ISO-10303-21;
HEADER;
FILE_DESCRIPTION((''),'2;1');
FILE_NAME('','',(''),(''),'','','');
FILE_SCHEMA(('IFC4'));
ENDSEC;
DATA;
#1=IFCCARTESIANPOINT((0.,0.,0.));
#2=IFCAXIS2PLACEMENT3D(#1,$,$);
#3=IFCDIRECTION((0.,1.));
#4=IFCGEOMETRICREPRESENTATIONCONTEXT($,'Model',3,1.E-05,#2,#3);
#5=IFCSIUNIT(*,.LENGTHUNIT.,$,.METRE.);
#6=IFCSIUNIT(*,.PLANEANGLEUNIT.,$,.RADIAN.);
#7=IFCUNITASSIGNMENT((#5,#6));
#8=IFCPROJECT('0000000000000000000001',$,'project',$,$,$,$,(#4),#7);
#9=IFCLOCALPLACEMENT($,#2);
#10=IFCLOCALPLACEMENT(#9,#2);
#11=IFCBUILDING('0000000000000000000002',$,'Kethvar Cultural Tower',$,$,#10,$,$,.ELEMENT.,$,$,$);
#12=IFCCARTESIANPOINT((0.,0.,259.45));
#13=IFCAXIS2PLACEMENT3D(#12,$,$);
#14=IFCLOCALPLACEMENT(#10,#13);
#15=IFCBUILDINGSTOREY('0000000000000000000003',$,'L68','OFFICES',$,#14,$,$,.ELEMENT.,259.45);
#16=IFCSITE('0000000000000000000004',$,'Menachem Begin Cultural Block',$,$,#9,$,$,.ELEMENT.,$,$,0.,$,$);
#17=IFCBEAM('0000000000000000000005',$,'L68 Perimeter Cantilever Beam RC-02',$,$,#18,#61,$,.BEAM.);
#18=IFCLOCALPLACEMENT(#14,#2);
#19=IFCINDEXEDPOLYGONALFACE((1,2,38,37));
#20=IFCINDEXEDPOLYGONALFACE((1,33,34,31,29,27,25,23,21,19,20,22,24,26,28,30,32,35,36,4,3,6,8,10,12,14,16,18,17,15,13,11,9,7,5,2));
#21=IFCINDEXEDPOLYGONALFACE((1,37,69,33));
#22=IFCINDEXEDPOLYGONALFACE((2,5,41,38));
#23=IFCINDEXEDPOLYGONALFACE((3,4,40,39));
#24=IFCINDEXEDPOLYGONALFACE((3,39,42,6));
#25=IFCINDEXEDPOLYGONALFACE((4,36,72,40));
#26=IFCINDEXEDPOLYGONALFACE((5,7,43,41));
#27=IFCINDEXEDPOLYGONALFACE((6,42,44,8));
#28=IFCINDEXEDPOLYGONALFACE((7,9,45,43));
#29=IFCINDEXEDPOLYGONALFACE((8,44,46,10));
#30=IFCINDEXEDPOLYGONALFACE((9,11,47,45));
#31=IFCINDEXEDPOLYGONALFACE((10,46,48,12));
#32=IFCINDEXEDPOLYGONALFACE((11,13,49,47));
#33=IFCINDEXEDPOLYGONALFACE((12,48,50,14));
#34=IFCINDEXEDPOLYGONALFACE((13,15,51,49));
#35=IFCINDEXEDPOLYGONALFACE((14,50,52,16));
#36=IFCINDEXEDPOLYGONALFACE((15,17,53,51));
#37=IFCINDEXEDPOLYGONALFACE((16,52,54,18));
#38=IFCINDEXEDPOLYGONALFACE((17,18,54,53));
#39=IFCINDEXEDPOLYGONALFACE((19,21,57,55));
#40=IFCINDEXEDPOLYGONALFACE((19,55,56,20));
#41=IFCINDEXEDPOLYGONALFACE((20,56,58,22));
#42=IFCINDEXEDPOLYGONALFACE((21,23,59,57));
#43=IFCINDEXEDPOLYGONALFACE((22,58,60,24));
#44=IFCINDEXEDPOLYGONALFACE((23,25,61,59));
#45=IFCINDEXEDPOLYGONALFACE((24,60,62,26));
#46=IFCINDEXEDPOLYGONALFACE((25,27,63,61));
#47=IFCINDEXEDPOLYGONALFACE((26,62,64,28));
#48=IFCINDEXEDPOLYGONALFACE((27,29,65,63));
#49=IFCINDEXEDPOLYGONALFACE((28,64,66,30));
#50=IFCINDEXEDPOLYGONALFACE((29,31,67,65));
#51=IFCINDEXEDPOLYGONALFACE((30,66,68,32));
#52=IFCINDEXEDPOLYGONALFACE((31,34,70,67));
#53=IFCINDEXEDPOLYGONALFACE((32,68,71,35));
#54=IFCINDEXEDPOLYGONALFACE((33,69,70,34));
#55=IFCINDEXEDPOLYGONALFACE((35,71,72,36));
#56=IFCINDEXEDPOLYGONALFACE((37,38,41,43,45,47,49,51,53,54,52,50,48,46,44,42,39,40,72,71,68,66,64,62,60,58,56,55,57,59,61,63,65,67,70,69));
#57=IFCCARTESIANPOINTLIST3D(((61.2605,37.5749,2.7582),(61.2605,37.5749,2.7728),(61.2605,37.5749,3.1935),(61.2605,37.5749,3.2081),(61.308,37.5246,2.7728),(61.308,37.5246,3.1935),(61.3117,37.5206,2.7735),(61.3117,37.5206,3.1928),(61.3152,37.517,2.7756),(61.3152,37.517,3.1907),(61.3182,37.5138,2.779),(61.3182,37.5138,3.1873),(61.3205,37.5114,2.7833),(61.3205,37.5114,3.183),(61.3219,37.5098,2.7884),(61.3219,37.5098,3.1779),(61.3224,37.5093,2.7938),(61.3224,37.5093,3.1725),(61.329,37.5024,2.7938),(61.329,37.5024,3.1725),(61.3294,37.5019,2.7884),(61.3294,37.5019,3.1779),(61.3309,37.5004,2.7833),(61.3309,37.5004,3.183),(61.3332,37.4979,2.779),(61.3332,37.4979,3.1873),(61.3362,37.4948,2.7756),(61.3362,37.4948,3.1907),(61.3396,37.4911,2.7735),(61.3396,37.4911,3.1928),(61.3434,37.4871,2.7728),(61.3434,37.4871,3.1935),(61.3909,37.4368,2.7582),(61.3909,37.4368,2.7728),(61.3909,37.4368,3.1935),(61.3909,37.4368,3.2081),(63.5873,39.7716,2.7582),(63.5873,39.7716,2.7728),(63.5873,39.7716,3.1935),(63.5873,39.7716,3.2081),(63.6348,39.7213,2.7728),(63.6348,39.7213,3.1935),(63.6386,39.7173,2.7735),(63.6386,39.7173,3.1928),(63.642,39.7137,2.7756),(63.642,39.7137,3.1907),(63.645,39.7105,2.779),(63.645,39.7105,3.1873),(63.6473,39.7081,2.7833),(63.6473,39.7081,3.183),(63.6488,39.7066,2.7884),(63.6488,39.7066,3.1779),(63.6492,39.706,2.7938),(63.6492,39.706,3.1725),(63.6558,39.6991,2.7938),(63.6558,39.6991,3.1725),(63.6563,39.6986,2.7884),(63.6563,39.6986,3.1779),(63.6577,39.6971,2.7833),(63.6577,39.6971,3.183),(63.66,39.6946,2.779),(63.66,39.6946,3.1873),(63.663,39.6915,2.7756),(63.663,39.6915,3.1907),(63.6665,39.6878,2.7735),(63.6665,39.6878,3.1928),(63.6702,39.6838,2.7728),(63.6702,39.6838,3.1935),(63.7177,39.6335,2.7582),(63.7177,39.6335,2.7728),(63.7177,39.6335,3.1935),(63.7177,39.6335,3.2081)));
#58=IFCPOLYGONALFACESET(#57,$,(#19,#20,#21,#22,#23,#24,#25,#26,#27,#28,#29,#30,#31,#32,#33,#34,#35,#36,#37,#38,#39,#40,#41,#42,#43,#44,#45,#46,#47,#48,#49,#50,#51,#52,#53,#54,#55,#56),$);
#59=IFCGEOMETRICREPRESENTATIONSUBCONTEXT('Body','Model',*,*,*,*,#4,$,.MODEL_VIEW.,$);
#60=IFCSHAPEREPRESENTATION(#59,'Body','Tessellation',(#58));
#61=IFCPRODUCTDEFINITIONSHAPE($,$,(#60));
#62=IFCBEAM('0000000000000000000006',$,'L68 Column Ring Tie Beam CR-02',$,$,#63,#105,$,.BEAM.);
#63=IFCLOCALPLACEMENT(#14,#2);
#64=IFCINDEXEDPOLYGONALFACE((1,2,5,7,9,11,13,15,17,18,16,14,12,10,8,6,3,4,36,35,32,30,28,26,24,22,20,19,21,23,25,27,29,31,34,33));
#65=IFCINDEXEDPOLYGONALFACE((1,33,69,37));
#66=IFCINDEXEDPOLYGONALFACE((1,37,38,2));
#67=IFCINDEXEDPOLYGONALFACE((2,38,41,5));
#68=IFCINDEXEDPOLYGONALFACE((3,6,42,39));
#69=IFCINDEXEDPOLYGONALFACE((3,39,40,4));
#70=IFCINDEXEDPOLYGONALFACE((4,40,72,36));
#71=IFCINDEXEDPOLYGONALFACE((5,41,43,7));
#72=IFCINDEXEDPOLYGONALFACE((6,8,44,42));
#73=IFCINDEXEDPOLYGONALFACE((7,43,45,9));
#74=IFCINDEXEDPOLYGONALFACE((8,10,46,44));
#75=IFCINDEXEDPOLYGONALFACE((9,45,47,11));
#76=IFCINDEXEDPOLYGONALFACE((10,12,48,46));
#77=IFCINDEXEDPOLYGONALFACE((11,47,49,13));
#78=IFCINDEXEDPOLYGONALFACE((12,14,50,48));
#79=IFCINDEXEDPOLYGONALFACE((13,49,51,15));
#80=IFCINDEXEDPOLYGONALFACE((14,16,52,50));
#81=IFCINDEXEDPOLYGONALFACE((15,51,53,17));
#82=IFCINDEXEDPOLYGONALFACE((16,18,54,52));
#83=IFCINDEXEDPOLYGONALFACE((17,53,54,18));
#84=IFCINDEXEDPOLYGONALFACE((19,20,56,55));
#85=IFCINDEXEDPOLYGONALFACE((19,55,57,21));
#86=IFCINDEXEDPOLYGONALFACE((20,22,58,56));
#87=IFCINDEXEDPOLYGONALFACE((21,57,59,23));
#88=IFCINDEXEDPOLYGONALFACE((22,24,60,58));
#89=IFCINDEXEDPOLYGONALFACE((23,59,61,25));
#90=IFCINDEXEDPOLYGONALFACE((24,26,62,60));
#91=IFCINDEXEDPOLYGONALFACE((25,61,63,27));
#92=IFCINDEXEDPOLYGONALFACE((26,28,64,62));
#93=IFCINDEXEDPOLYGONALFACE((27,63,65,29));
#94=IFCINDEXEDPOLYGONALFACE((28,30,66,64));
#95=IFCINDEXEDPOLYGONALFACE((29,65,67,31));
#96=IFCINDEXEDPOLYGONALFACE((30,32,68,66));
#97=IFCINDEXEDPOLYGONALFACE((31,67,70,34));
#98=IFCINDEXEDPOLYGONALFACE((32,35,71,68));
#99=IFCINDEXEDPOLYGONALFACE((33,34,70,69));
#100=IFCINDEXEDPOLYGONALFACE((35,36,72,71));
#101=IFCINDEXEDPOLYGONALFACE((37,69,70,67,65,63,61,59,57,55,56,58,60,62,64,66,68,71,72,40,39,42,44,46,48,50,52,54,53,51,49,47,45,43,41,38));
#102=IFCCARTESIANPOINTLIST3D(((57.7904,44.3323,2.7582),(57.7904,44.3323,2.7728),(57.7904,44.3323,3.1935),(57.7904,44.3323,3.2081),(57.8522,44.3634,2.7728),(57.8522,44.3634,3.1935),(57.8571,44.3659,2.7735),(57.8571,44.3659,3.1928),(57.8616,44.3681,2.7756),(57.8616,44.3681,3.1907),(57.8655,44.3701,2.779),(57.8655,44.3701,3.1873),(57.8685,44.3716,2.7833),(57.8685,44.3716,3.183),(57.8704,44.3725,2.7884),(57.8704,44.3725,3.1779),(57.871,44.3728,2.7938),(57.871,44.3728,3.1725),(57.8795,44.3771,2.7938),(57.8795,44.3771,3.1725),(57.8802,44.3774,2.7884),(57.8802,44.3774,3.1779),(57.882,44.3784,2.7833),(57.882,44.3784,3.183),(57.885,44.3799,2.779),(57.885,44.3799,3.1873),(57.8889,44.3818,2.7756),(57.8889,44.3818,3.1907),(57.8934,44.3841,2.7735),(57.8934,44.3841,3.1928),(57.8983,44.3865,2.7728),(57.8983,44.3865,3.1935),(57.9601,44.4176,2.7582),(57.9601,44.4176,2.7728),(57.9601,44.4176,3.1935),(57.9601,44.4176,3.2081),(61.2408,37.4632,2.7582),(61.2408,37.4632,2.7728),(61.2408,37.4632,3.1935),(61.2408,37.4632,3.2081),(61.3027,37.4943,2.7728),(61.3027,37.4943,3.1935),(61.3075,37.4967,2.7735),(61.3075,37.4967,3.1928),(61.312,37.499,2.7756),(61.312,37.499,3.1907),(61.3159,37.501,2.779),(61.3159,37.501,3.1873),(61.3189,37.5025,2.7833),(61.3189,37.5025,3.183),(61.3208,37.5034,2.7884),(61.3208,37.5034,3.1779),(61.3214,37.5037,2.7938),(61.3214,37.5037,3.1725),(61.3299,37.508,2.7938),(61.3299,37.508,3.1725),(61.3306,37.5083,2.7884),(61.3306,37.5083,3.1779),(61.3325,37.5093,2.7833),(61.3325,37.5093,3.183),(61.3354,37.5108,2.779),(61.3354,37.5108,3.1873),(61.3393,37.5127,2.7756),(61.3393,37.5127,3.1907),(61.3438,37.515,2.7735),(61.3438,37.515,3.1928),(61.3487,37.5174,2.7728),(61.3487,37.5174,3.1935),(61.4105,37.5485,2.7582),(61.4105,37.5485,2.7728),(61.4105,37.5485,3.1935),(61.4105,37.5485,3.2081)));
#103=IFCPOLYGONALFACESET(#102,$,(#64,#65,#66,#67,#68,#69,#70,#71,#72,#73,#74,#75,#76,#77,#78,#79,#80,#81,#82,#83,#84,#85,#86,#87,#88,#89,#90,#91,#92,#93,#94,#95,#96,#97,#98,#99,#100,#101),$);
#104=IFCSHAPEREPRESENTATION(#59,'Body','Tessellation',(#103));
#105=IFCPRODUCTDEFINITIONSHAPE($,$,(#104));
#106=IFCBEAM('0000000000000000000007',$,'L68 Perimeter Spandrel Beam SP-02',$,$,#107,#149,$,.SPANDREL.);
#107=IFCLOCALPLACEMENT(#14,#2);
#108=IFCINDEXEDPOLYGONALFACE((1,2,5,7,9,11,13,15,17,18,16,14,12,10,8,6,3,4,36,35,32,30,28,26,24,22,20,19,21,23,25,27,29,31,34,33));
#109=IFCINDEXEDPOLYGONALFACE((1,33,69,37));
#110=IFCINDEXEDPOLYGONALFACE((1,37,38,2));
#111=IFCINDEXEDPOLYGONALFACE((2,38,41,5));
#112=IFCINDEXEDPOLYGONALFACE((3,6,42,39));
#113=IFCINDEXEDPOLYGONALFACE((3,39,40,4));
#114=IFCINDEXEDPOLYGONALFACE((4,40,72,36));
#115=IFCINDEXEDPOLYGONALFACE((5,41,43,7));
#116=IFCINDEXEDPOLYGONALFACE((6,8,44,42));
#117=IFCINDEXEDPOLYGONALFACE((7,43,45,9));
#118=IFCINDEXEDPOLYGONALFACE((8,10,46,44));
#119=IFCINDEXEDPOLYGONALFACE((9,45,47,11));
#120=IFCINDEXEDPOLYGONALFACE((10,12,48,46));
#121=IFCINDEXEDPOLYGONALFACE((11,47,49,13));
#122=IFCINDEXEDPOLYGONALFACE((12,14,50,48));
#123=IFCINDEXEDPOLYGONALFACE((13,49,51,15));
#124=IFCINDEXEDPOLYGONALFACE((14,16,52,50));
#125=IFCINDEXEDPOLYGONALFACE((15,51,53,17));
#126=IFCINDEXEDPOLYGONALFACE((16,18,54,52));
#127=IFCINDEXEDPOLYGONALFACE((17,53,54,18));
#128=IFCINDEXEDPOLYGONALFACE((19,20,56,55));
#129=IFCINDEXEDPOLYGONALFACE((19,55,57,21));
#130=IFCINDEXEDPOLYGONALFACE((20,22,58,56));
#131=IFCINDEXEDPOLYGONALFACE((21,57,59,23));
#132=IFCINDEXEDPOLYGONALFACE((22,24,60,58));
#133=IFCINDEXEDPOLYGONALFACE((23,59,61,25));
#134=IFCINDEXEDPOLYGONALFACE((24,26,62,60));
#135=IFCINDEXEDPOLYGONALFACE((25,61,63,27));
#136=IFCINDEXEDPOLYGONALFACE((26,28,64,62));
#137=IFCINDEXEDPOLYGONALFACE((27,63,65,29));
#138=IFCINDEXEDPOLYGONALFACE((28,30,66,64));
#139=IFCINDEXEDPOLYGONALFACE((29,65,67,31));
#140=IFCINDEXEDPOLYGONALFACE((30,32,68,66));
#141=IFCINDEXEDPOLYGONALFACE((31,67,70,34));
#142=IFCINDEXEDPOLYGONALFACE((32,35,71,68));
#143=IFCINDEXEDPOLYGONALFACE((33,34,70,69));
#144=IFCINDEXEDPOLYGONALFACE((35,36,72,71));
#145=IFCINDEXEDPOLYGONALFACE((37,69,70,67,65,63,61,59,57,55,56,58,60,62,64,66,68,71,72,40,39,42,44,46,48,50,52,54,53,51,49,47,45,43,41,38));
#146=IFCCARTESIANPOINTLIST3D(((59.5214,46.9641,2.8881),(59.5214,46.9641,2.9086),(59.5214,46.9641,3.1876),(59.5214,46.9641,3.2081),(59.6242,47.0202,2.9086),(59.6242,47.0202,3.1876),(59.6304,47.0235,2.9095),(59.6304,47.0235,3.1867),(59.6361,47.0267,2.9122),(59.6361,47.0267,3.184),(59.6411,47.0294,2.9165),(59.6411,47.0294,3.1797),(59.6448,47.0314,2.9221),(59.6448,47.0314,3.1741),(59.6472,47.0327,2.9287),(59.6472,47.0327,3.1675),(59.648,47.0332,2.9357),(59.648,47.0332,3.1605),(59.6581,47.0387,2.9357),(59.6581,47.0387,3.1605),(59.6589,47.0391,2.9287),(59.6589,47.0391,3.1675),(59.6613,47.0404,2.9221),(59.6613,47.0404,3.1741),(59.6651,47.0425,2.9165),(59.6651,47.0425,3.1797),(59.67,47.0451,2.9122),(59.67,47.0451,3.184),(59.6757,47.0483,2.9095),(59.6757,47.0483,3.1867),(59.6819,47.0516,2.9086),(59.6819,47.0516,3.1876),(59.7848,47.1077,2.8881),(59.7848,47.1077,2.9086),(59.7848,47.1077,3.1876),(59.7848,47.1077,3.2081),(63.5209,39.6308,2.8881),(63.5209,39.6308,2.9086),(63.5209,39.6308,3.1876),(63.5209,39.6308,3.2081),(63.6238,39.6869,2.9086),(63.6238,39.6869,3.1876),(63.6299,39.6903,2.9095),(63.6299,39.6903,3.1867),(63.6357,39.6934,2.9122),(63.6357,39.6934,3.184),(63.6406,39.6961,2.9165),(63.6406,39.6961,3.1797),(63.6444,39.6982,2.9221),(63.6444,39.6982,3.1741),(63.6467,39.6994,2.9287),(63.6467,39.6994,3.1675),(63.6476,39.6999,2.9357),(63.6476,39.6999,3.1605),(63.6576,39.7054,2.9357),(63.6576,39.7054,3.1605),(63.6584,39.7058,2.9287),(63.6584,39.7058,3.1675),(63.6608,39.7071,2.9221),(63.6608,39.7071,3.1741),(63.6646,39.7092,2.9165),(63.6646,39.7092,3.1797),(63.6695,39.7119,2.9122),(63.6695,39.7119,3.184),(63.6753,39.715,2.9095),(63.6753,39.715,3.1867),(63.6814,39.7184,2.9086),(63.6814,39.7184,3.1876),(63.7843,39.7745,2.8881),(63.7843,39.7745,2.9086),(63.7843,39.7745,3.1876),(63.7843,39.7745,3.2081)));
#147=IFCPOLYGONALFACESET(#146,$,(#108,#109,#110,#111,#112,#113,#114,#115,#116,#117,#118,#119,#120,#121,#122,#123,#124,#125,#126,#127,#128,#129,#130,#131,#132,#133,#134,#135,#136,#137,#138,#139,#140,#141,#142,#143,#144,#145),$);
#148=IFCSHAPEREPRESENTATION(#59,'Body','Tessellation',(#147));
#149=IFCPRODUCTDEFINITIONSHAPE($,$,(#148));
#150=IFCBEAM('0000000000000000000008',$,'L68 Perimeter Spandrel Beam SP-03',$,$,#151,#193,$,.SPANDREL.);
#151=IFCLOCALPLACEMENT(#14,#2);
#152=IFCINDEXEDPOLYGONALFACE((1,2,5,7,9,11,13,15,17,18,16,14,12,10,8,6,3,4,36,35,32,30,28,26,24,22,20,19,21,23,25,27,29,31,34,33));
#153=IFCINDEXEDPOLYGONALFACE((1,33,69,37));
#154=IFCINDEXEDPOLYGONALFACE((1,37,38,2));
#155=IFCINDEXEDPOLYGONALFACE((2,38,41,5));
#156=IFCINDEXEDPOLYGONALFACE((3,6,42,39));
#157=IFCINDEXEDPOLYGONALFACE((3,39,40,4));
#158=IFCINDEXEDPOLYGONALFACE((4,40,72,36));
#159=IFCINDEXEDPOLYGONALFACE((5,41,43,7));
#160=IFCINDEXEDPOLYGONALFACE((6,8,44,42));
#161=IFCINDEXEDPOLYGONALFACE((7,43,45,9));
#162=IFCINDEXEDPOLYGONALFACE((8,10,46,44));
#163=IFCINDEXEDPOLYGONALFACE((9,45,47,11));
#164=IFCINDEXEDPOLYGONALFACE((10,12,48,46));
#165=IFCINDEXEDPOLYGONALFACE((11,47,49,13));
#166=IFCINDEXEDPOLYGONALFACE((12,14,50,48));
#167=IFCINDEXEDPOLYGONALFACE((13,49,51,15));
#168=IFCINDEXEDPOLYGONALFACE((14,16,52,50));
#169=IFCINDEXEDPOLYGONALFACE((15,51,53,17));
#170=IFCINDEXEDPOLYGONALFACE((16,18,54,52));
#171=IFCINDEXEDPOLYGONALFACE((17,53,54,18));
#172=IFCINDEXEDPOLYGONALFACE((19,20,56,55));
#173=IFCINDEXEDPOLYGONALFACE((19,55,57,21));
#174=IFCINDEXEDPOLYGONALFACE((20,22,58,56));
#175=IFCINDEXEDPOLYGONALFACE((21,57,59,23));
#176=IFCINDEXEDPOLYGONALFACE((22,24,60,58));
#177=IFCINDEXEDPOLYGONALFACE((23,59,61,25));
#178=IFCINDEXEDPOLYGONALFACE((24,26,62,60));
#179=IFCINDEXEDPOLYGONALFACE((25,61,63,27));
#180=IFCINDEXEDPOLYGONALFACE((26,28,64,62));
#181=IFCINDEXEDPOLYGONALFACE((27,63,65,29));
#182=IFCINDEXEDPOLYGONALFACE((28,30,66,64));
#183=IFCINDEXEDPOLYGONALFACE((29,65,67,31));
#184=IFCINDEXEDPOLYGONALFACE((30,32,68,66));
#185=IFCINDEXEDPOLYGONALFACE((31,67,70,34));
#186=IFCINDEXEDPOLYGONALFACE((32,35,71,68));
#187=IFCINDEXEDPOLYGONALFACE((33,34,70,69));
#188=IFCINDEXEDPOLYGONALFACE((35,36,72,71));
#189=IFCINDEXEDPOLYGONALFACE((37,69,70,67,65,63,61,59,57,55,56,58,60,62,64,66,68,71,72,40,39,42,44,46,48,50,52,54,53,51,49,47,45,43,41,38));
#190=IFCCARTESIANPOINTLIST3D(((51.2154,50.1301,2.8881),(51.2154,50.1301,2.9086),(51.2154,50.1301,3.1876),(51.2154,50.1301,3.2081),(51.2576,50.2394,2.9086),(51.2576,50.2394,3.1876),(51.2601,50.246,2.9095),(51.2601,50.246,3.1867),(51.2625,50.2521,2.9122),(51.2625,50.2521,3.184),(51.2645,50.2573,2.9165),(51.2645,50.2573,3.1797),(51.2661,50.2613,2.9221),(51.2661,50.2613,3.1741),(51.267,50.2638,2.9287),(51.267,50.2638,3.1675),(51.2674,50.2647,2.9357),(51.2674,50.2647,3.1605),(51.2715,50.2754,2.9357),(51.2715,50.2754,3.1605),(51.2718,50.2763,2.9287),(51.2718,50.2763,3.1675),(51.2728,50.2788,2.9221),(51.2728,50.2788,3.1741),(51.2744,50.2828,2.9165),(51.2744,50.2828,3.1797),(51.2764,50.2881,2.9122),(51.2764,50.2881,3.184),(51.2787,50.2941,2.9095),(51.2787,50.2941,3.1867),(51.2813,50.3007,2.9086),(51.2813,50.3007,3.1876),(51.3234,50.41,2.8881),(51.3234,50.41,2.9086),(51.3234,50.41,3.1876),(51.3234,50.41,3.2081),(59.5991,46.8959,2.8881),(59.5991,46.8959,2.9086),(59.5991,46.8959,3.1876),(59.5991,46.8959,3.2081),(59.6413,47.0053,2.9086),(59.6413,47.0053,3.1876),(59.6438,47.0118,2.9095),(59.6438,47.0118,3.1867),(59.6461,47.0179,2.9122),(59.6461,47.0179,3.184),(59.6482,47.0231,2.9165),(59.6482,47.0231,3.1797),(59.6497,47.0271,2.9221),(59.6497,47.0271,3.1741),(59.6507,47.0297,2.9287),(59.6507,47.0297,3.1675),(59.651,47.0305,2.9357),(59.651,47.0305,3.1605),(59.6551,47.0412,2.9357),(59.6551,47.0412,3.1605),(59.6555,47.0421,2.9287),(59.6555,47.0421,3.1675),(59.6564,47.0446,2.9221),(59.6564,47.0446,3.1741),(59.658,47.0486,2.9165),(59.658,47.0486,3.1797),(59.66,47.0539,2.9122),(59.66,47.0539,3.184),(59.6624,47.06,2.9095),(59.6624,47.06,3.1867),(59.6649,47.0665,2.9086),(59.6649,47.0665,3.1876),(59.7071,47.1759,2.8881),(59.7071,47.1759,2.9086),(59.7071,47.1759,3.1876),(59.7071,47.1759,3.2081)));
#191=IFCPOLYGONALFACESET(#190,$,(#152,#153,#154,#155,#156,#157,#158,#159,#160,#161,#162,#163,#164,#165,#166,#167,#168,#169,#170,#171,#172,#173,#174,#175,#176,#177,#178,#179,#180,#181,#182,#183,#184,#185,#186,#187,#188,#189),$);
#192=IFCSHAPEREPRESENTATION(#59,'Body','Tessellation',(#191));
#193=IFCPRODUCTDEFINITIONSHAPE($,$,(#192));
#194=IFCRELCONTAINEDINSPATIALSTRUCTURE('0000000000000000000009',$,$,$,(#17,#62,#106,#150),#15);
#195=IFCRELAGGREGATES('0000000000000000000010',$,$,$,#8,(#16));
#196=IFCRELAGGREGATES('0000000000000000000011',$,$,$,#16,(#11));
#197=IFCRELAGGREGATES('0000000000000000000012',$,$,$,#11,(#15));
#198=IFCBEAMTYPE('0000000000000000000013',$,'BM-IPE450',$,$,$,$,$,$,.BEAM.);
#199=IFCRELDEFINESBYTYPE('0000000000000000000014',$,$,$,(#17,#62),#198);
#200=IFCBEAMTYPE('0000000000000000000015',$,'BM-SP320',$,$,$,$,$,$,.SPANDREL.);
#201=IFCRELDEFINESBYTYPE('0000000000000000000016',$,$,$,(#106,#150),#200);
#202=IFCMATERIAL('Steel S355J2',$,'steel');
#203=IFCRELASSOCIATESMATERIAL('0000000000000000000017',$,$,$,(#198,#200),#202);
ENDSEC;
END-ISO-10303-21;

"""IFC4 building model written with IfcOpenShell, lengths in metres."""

from ifc_helpers import new_model, si_unit, direction, frame, origin, origin_2d, place, context, subcontext, project, spatial, i_section, extrude, source, transform, mapped, material, material_profile, profile_set, type_object, element, save


model = new_model("IFC4")

# Units and contexts
model_context = context("Model", 3, precision=1e-05, world=origin(), true_north=direction((0.0, 1.0)))
body_context = subcontext(model_context, "Body", "Model", "MODEL_VIEW")
ifc_project = project(units=[si_unit("LENGTHUNIT", "METRE"), si_unit("PLANEANGLEUNIT", "RADIAN")], contexts=[model_context])

# Site, building, storey
site_placement = place(None, origin())
site = spatial("IfcSite", under=ifc_project, at=site_placement, Name="Menachem Begin Cultural Block", CompositionType="ELEMENT", RefElevation=0.0)
building_placement = place(site_placement, origin())
building = spatial("IfcBuilding", under=site, at=building_placement, Name="Kethvar Cultural Tower", CompositionType="ELEMENT")
storey_placement = place(building_placement, frame((0.0, 0.0, 259.45)))
storey = spatial("IfcBuildingStorey", under=building, at=storey_placement, Name="L68", Description="OFFICES", CompositionType="ELEMENT", Elevation=259.45)

# Beams
ifc_material_1 = material(Name="Steel S355J2", Category="steel")
ifc_material_profile_1 = material_profile(ifc_material_1, i_section(OverallWidth=0.1899, OverallDepth=0.45, WebThickness=0.0095, FlangeThickness=0.0146, FilletRadius=0.021, at=origin_2d()), Name="Steel S355J2 — IPE450")
ifc_profile_set_1 = profile_set([ifc_material_profile_1], Name="Steel S355J2 — IPE450")
beam_type_1 = type_object("IfcBeamType", Name="BM-IPE450", PredefinedType="BEAM", material=ifc_profile_set_1)
shared_shape_1 = source(origin(), body_context, "Body", "SweptSolid", [
    extrude(i_section(OverallWidth=0.1899, OverallDepth=0.45, WebThickness=0.0095, FlangeThickness=0.0146, FilletRadius=0.021, at=origin_2d()), origin(), (0.0, 0.0, 1.0), 3.2),
])
beam_1_placement = place(storey_placement, frame((61.3257, 37.5059, 2.9832), z_axis=(0.727146, 0.686482, 0.0), x_axis=(-0.686482, 0.727146, 0.0)))
element("IfcBeam", 1, at=beam_1_placement, inside=storey, type_object=beam_type_1, Name="L68 Perimeter Cantilever Beam RC-02", PredefinedType="BEAM", context=body_context, shape_type="MappedRepresentation", body=[
    mapped(shared_shape_1, transform((0.0, 0.0, 0.0), scale=1.0)),
])
shared_shape_2 = source(origin(), body_context, "Body", "SweptSolid", [
    extrude(i_section(OverallWidth=0.1899, OverallDepth=0.45, WebThickness=0.0095, FlangeThickness=0.0146, FilletRadius=0.021, at=origin_2d()), origin(), (0.0, 0.0, 1.0), 7.687),
])
beam_2_placement = place(storey_placement, frame((61.3257, 37.5059, 2.9832), z_axis=(-0.448864, 0.8936, 0.0), x_axis=(-0.8936, -0.448864, 0.0)))
element("IfcBeam", 2, at=beam_2_placement, inside=storey, type_object=beam_type_1, Name="L68 Column Ring Tie Beam CR-02", PredefinedType="BEAM", context=body_context, shape_type="MappedRepresentation", body=[
    mapped(shared_shape_2, transform((0.0, 0.0, 0.0), scale=1.0)),
])
ifc_material_profile_2 = material_profile(ifc_material_1, i_section(OverallWidth=0.3, OverallDepth=0.3201, WebThickness=0.0115, FlangeThickness=0.0205, FilletRadius=0.0271, at=origin_2d()), Name="Steel S355J2 — HEB320")
ifc_profile_set_2 = profile_set([ifc_material_profile_2], Name="Steel S355J2 — HEB320")
beam_type_2 = type_object("IfcBeamType", Name="BM-SP320", PredefinedType="SPANDREL", material=ifc_profile_set_2)
shared_shape_3 = source(origin(), body_context, "Body", "SweptSolid", [
    extrude(i_section(OverallWidth=0.3, OverallDepth=0.3201, WebThickness=0.0115, FlangeThickness=0.0205, FilletRadius=0.0271, at=origin_2d()), origin(), (0.0, 0.0, 1.0), 8.353),
])
beam_3_placement = place(storey_placement, frame((63.6526, 39.7026, 3.0481), z_axis=(-0.478811, 0.877918, 0.0), x_axis=(-0.877918, -0.478811, 0.0)))
element("IfcBeam", 3, at=beam_3_placement, inside=storey, type_object=beam_type_2, Name="L68 Perimeter Spandrel Beam SP-02", PredefinedType="SPANDREL", context=body_context, shape_type="MappedRepresentation", body=[
    mapped(shared_shape_3, transform((0.0, 0.0, 0.0), scale=1.0)),
])
shared_shape_4 = source(origin(), body_context, "Body", "SweptSolid", [
    extrude(i_section(OverallWidth=0.3, OverallDepth=0.3201, WebThickness=0.0115, FlangeThickness=0.0205, FilletRadius=0.0271, at=origin_2d()), origin(), (0.0, 0.0, 1.0), 8.9858),
])
beam_4_placement = place(storey_placement, frame((59.6531, 47.0359, 3.0481), z_axis=(-0.932984, 0.359918, 0.0), x_axis=(-0.359918, -0.932984, 0.0)))
element("IfcBeam", 4, at=beam_4_placement, inside=storey, type_object=beam_type_2, Name="L68 Perimeter Spandrel Beam SP-03", PredefinedType="SPANDREL", context=body_context, shape_type="MappedRepresentation", body=[
    mapped(shared_shape_4, transform((0.0, 0.0, 0.0), scale=1.0)),
])

save(model, "model.ifc")
